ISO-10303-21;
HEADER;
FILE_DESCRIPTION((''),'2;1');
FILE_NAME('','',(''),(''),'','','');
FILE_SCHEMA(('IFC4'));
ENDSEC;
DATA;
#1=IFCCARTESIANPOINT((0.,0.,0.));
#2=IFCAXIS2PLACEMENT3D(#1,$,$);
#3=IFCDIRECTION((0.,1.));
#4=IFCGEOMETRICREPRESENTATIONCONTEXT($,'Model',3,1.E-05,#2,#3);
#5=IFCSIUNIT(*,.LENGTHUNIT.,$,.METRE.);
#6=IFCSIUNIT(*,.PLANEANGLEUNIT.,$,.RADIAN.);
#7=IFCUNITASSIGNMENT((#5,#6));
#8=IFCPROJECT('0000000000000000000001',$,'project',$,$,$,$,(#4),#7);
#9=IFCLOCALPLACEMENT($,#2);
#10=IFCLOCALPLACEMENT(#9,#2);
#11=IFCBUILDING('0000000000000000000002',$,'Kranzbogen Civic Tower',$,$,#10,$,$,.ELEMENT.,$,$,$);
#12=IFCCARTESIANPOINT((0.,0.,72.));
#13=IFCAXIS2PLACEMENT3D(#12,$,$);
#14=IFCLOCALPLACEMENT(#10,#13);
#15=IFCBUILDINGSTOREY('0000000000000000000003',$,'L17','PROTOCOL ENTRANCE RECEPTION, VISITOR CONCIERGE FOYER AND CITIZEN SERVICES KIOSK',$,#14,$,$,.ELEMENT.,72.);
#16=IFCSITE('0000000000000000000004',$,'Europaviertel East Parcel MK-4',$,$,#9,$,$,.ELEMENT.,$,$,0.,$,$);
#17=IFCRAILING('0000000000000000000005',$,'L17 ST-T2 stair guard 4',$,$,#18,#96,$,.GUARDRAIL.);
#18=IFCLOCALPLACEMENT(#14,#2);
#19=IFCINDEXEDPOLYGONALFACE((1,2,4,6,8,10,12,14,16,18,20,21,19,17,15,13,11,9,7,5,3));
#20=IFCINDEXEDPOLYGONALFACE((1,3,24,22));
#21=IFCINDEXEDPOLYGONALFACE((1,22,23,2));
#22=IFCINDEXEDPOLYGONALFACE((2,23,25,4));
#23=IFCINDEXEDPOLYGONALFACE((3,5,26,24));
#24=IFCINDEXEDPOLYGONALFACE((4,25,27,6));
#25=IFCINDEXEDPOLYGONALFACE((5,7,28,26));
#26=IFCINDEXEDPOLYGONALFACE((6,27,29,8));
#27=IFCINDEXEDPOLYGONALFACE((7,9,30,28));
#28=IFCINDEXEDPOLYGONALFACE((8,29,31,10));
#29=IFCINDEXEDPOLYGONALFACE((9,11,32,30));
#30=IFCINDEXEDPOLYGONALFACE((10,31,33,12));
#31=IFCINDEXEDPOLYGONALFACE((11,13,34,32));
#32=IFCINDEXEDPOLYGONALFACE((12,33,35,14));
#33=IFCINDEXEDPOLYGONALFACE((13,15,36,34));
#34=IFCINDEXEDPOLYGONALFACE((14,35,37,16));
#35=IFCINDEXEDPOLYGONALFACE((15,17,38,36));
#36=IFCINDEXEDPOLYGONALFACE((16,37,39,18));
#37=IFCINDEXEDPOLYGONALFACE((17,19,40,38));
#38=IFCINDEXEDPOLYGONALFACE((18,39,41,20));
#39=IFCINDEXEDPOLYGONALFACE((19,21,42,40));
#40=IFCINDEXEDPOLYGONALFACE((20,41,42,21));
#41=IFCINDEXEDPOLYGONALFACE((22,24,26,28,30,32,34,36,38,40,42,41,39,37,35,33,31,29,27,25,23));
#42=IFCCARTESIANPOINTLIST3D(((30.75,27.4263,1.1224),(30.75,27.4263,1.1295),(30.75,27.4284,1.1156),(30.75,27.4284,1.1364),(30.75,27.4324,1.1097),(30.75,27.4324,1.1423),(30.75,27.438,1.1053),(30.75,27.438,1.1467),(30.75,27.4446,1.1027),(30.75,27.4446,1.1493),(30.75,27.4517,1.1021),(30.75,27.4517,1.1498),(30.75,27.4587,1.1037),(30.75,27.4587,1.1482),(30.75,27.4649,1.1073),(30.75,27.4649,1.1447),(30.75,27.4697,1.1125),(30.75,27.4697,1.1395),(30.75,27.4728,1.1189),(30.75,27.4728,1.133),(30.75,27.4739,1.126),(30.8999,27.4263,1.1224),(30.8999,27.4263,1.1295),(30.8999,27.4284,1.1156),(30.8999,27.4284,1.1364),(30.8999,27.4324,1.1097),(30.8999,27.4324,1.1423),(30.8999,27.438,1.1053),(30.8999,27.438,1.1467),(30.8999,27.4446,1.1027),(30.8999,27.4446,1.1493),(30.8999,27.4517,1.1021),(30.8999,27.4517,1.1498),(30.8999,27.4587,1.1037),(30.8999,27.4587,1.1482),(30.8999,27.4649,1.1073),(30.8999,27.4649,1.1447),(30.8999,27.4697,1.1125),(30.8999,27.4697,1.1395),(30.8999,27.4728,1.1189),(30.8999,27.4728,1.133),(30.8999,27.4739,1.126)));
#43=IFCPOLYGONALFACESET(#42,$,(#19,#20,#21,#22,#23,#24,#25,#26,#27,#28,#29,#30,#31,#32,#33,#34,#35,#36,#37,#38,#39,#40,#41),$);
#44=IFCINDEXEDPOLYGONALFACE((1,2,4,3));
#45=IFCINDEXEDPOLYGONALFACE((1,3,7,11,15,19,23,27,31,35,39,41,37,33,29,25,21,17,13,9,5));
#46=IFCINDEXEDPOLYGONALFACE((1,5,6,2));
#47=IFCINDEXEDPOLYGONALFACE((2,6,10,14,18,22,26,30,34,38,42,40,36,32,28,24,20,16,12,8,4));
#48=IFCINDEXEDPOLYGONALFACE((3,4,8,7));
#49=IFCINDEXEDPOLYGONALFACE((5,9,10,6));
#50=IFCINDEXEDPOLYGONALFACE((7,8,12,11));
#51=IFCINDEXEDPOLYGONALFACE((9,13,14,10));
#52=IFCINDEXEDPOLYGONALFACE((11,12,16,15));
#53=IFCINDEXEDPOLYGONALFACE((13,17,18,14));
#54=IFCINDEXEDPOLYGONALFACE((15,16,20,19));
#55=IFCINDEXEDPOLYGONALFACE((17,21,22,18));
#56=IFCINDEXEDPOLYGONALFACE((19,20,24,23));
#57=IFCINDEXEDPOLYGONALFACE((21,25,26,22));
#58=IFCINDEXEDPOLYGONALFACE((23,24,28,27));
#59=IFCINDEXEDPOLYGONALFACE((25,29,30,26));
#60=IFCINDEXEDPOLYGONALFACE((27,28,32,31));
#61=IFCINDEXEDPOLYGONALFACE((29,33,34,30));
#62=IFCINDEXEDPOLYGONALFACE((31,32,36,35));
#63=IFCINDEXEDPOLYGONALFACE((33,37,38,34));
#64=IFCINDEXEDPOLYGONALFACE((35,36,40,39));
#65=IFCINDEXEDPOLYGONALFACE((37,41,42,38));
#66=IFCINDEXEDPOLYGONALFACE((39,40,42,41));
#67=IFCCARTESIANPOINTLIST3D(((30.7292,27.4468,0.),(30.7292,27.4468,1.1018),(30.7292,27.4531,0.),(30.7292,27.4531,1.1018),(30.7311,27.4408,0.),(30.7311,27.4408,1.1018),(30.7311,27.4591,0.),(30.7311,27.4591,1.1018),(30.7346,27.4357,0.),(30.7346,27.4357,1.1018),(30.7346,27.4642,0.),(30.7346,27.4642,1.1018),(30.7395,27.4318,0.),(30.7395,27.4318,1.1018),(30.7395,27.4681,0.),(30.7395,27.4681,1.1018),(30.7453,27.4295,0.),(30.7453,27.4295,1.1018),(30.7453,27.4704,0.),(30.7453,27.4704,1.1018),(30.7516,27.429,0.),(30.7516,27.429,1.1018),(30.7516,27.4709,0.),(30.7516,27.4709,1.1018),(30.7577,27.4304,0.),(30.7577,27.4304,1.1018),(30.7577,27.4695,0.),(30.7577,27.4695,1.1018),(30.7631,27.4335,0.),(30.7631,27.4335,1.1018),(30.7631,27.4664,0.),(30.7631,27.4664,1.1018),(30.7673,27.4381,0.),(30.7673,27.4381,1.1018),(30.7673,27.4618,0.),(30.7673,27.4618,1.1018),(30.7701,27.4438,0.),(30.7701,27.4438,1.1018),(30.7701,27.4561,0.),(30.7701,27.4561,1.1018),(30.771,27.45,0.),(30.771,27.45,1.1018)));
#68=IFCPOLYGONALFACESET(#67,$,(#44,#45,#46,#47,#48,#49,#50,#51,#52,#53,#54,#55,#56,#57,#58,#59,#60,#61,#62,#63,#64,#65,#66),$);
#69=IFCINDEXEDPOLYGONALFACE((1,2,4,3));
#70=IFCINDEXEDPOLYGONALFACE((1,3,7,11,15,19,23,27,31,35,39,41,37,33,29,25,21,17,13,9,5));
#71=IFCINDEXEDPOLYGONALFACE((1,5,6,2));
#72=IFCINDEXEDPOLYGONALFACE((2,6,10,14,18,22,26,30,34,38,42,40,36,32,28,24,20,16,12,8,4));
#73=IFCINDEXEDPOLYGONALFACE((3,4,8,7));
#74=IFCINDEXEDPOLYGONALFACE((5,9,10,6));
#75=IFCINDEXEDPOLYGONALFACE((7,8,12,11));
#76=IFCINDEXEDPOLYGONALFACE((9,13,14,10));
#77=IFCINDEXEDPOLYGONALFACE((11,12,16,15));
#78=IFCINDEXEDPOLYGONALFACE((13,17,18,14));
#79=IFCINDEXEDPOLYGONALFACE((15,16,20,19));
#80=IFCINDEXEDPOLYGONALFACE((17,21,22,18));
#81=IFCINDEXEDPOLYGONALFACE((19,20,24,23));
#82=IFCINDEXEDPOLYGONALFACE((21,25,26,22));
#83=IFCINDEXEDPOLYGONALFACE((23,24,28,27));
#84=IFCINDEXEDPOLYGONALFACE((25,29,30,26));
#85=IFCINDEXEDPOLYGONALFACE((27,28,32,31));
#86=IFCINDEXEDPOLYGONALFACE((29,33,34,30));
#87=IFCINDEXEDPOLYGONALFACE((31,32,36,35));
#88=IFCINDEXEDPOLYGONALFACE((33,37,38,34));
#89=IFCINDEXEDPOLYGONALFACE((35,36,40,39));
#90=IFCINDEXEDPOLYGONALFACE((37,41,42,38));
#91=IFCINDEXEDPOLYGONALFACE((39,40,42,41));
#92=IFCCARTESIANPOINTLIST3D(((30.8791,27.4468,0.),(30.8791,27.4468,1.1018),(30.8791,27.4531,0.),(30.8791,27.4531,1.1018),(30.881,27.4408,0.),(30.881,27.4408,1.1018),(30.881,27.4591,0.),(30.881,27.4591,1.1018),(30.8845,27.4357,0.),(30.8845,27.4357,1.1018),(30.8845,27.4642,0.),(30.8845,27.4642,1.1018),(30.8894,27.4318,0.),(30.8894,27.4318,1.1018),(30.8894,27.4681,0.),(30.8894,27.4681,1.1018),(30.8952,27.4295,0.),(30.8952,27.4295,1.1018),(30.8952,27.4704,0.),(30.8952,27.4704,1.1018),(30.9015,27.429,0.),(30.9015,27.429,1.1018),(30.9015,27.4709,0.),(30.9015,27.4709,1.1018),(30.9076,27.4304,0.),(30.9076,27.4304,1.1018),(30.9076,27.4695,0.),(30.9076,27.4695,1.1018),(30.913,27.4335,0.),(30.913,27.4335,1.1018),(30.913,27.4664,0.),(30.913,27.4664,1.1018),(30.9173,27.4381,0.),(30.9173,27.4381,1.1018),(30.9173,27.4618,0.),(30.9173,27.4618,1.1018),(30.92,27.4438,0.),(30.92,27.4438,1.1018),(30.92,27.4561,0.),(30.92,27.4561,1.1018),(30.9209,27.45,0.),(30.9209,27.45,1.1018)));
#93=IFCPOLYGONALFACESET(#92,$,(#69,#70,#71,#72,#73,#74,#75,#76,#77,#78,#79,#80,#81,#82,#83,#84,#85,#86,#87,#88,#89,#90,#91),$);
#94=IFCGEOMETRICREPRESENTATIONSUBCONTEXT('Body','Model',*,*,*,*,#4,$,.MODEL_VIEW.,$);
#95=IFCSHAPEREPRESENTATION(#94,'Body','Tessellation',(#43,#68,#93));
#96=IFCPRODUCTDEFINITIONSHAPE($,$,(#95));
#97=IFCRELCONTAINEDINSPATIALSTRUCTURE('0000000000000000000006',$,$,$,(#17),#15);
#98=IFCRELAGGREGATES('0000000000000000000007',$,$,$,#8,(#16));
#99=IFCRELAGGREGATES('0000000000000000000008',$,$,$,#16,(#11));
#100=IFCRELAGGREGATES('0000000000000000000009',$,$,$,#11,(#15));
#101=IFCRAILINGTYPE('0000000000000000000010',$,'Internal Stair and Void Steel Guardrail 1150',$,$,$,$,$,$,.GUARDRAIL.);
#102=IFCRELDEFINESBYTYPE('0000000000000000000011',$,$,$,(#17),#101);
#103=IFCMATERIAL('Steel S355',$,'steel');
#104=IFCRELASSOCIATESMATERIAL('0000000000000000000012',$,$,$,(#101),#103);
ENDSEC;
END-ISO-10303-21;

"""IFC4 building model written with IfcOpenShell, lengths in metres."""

from ifc_helpers import new_model, si_unit, direction, frame, origin, origin_2d, place, context, subcontext, project, spatial, circle, extrude, material, type_object, element, save


model = new_model("IFC4")

# Units and contexts
model_context = context("Model", 3, precision=1e-05, world=origin(), true_north=direction((0.0, 1.0)))
body_context = subcontext(model_context, "Body", "Model", "MODEL_VIEW")
ifc_project = project(units=[si_unit("LENGTHUNIT", "METRE"), si_unit("PLANEANGLEUNIT", "RADIAN")], contexts=[model_context])

# Site, building, storey
site_placement = place(None, origin())
site = spatial("IfcSite", under=ifc_project, at=site_placement, Name="Europaviertel East Parcel MK-4", CompositionType="ELEMENT", RefElevation=0.0)
building_placement = place(site_placement, origin())
building = spatial("IfcBuilding", under=site, at=building_placement, Name="Kranzbogen Civic Tower", CompositionType="ELEMENT")
storey_placement = place(building_placement, frame((0.0, 0.0, 72.0)))
storey = spatial("IfcBuildingStorey", under=building, at=storey_placement, Name="L17", Description="PROTOCOL ENTRANCE RECEPTION, VISITOR CONCIERGE FOYER AND CITIZEN SERVICES KIOSK", CompositionType="ELEMENT", Elevation=72.0)

# Shared definitions
ifc_material_1 = material(Name="Steel S355", Category="steel")

# Railing
railing_type_1 = type_object("IfcRailingType", Name="Internal Stair and Void Steel Guardrail 1150", PredefinedType="GUARDRAIL", material=ifc_material_1)
railing_1_placement = place(storey_placement, frame((30.75, 27.45, 0.0)))
element("IfcRailing", 1, at=railing_1_placement, inside=storey, type_object=railing_type_1, Name="L17 ST-T2 stair guard 4", PredefinedType="GUARDRAIL", context=body_context, shape_type="SweptSolid", body=[
    extrude(circle(Radius=0.0239, at=origin_2d()), frame((0.0, 0.0, 1.126), z_axis=(1.0, 0.0, 0.0), x_axis=(0.0, 1.0, 0.0)), (0.0, 0.0, 1.0), 0.1499),
    extrude(circle(Radius=0.021, at=origin_2d()), origin(), (0.0, 0.0, 1.0), 1.1018),
    extrude(circle(Radius=0.021, at=origin_2d()), frame((0.1499, 0.0, 0.0)), (0.0, 0.0, 1.0), 1.1018),
])

save(model, "model.ifc")
